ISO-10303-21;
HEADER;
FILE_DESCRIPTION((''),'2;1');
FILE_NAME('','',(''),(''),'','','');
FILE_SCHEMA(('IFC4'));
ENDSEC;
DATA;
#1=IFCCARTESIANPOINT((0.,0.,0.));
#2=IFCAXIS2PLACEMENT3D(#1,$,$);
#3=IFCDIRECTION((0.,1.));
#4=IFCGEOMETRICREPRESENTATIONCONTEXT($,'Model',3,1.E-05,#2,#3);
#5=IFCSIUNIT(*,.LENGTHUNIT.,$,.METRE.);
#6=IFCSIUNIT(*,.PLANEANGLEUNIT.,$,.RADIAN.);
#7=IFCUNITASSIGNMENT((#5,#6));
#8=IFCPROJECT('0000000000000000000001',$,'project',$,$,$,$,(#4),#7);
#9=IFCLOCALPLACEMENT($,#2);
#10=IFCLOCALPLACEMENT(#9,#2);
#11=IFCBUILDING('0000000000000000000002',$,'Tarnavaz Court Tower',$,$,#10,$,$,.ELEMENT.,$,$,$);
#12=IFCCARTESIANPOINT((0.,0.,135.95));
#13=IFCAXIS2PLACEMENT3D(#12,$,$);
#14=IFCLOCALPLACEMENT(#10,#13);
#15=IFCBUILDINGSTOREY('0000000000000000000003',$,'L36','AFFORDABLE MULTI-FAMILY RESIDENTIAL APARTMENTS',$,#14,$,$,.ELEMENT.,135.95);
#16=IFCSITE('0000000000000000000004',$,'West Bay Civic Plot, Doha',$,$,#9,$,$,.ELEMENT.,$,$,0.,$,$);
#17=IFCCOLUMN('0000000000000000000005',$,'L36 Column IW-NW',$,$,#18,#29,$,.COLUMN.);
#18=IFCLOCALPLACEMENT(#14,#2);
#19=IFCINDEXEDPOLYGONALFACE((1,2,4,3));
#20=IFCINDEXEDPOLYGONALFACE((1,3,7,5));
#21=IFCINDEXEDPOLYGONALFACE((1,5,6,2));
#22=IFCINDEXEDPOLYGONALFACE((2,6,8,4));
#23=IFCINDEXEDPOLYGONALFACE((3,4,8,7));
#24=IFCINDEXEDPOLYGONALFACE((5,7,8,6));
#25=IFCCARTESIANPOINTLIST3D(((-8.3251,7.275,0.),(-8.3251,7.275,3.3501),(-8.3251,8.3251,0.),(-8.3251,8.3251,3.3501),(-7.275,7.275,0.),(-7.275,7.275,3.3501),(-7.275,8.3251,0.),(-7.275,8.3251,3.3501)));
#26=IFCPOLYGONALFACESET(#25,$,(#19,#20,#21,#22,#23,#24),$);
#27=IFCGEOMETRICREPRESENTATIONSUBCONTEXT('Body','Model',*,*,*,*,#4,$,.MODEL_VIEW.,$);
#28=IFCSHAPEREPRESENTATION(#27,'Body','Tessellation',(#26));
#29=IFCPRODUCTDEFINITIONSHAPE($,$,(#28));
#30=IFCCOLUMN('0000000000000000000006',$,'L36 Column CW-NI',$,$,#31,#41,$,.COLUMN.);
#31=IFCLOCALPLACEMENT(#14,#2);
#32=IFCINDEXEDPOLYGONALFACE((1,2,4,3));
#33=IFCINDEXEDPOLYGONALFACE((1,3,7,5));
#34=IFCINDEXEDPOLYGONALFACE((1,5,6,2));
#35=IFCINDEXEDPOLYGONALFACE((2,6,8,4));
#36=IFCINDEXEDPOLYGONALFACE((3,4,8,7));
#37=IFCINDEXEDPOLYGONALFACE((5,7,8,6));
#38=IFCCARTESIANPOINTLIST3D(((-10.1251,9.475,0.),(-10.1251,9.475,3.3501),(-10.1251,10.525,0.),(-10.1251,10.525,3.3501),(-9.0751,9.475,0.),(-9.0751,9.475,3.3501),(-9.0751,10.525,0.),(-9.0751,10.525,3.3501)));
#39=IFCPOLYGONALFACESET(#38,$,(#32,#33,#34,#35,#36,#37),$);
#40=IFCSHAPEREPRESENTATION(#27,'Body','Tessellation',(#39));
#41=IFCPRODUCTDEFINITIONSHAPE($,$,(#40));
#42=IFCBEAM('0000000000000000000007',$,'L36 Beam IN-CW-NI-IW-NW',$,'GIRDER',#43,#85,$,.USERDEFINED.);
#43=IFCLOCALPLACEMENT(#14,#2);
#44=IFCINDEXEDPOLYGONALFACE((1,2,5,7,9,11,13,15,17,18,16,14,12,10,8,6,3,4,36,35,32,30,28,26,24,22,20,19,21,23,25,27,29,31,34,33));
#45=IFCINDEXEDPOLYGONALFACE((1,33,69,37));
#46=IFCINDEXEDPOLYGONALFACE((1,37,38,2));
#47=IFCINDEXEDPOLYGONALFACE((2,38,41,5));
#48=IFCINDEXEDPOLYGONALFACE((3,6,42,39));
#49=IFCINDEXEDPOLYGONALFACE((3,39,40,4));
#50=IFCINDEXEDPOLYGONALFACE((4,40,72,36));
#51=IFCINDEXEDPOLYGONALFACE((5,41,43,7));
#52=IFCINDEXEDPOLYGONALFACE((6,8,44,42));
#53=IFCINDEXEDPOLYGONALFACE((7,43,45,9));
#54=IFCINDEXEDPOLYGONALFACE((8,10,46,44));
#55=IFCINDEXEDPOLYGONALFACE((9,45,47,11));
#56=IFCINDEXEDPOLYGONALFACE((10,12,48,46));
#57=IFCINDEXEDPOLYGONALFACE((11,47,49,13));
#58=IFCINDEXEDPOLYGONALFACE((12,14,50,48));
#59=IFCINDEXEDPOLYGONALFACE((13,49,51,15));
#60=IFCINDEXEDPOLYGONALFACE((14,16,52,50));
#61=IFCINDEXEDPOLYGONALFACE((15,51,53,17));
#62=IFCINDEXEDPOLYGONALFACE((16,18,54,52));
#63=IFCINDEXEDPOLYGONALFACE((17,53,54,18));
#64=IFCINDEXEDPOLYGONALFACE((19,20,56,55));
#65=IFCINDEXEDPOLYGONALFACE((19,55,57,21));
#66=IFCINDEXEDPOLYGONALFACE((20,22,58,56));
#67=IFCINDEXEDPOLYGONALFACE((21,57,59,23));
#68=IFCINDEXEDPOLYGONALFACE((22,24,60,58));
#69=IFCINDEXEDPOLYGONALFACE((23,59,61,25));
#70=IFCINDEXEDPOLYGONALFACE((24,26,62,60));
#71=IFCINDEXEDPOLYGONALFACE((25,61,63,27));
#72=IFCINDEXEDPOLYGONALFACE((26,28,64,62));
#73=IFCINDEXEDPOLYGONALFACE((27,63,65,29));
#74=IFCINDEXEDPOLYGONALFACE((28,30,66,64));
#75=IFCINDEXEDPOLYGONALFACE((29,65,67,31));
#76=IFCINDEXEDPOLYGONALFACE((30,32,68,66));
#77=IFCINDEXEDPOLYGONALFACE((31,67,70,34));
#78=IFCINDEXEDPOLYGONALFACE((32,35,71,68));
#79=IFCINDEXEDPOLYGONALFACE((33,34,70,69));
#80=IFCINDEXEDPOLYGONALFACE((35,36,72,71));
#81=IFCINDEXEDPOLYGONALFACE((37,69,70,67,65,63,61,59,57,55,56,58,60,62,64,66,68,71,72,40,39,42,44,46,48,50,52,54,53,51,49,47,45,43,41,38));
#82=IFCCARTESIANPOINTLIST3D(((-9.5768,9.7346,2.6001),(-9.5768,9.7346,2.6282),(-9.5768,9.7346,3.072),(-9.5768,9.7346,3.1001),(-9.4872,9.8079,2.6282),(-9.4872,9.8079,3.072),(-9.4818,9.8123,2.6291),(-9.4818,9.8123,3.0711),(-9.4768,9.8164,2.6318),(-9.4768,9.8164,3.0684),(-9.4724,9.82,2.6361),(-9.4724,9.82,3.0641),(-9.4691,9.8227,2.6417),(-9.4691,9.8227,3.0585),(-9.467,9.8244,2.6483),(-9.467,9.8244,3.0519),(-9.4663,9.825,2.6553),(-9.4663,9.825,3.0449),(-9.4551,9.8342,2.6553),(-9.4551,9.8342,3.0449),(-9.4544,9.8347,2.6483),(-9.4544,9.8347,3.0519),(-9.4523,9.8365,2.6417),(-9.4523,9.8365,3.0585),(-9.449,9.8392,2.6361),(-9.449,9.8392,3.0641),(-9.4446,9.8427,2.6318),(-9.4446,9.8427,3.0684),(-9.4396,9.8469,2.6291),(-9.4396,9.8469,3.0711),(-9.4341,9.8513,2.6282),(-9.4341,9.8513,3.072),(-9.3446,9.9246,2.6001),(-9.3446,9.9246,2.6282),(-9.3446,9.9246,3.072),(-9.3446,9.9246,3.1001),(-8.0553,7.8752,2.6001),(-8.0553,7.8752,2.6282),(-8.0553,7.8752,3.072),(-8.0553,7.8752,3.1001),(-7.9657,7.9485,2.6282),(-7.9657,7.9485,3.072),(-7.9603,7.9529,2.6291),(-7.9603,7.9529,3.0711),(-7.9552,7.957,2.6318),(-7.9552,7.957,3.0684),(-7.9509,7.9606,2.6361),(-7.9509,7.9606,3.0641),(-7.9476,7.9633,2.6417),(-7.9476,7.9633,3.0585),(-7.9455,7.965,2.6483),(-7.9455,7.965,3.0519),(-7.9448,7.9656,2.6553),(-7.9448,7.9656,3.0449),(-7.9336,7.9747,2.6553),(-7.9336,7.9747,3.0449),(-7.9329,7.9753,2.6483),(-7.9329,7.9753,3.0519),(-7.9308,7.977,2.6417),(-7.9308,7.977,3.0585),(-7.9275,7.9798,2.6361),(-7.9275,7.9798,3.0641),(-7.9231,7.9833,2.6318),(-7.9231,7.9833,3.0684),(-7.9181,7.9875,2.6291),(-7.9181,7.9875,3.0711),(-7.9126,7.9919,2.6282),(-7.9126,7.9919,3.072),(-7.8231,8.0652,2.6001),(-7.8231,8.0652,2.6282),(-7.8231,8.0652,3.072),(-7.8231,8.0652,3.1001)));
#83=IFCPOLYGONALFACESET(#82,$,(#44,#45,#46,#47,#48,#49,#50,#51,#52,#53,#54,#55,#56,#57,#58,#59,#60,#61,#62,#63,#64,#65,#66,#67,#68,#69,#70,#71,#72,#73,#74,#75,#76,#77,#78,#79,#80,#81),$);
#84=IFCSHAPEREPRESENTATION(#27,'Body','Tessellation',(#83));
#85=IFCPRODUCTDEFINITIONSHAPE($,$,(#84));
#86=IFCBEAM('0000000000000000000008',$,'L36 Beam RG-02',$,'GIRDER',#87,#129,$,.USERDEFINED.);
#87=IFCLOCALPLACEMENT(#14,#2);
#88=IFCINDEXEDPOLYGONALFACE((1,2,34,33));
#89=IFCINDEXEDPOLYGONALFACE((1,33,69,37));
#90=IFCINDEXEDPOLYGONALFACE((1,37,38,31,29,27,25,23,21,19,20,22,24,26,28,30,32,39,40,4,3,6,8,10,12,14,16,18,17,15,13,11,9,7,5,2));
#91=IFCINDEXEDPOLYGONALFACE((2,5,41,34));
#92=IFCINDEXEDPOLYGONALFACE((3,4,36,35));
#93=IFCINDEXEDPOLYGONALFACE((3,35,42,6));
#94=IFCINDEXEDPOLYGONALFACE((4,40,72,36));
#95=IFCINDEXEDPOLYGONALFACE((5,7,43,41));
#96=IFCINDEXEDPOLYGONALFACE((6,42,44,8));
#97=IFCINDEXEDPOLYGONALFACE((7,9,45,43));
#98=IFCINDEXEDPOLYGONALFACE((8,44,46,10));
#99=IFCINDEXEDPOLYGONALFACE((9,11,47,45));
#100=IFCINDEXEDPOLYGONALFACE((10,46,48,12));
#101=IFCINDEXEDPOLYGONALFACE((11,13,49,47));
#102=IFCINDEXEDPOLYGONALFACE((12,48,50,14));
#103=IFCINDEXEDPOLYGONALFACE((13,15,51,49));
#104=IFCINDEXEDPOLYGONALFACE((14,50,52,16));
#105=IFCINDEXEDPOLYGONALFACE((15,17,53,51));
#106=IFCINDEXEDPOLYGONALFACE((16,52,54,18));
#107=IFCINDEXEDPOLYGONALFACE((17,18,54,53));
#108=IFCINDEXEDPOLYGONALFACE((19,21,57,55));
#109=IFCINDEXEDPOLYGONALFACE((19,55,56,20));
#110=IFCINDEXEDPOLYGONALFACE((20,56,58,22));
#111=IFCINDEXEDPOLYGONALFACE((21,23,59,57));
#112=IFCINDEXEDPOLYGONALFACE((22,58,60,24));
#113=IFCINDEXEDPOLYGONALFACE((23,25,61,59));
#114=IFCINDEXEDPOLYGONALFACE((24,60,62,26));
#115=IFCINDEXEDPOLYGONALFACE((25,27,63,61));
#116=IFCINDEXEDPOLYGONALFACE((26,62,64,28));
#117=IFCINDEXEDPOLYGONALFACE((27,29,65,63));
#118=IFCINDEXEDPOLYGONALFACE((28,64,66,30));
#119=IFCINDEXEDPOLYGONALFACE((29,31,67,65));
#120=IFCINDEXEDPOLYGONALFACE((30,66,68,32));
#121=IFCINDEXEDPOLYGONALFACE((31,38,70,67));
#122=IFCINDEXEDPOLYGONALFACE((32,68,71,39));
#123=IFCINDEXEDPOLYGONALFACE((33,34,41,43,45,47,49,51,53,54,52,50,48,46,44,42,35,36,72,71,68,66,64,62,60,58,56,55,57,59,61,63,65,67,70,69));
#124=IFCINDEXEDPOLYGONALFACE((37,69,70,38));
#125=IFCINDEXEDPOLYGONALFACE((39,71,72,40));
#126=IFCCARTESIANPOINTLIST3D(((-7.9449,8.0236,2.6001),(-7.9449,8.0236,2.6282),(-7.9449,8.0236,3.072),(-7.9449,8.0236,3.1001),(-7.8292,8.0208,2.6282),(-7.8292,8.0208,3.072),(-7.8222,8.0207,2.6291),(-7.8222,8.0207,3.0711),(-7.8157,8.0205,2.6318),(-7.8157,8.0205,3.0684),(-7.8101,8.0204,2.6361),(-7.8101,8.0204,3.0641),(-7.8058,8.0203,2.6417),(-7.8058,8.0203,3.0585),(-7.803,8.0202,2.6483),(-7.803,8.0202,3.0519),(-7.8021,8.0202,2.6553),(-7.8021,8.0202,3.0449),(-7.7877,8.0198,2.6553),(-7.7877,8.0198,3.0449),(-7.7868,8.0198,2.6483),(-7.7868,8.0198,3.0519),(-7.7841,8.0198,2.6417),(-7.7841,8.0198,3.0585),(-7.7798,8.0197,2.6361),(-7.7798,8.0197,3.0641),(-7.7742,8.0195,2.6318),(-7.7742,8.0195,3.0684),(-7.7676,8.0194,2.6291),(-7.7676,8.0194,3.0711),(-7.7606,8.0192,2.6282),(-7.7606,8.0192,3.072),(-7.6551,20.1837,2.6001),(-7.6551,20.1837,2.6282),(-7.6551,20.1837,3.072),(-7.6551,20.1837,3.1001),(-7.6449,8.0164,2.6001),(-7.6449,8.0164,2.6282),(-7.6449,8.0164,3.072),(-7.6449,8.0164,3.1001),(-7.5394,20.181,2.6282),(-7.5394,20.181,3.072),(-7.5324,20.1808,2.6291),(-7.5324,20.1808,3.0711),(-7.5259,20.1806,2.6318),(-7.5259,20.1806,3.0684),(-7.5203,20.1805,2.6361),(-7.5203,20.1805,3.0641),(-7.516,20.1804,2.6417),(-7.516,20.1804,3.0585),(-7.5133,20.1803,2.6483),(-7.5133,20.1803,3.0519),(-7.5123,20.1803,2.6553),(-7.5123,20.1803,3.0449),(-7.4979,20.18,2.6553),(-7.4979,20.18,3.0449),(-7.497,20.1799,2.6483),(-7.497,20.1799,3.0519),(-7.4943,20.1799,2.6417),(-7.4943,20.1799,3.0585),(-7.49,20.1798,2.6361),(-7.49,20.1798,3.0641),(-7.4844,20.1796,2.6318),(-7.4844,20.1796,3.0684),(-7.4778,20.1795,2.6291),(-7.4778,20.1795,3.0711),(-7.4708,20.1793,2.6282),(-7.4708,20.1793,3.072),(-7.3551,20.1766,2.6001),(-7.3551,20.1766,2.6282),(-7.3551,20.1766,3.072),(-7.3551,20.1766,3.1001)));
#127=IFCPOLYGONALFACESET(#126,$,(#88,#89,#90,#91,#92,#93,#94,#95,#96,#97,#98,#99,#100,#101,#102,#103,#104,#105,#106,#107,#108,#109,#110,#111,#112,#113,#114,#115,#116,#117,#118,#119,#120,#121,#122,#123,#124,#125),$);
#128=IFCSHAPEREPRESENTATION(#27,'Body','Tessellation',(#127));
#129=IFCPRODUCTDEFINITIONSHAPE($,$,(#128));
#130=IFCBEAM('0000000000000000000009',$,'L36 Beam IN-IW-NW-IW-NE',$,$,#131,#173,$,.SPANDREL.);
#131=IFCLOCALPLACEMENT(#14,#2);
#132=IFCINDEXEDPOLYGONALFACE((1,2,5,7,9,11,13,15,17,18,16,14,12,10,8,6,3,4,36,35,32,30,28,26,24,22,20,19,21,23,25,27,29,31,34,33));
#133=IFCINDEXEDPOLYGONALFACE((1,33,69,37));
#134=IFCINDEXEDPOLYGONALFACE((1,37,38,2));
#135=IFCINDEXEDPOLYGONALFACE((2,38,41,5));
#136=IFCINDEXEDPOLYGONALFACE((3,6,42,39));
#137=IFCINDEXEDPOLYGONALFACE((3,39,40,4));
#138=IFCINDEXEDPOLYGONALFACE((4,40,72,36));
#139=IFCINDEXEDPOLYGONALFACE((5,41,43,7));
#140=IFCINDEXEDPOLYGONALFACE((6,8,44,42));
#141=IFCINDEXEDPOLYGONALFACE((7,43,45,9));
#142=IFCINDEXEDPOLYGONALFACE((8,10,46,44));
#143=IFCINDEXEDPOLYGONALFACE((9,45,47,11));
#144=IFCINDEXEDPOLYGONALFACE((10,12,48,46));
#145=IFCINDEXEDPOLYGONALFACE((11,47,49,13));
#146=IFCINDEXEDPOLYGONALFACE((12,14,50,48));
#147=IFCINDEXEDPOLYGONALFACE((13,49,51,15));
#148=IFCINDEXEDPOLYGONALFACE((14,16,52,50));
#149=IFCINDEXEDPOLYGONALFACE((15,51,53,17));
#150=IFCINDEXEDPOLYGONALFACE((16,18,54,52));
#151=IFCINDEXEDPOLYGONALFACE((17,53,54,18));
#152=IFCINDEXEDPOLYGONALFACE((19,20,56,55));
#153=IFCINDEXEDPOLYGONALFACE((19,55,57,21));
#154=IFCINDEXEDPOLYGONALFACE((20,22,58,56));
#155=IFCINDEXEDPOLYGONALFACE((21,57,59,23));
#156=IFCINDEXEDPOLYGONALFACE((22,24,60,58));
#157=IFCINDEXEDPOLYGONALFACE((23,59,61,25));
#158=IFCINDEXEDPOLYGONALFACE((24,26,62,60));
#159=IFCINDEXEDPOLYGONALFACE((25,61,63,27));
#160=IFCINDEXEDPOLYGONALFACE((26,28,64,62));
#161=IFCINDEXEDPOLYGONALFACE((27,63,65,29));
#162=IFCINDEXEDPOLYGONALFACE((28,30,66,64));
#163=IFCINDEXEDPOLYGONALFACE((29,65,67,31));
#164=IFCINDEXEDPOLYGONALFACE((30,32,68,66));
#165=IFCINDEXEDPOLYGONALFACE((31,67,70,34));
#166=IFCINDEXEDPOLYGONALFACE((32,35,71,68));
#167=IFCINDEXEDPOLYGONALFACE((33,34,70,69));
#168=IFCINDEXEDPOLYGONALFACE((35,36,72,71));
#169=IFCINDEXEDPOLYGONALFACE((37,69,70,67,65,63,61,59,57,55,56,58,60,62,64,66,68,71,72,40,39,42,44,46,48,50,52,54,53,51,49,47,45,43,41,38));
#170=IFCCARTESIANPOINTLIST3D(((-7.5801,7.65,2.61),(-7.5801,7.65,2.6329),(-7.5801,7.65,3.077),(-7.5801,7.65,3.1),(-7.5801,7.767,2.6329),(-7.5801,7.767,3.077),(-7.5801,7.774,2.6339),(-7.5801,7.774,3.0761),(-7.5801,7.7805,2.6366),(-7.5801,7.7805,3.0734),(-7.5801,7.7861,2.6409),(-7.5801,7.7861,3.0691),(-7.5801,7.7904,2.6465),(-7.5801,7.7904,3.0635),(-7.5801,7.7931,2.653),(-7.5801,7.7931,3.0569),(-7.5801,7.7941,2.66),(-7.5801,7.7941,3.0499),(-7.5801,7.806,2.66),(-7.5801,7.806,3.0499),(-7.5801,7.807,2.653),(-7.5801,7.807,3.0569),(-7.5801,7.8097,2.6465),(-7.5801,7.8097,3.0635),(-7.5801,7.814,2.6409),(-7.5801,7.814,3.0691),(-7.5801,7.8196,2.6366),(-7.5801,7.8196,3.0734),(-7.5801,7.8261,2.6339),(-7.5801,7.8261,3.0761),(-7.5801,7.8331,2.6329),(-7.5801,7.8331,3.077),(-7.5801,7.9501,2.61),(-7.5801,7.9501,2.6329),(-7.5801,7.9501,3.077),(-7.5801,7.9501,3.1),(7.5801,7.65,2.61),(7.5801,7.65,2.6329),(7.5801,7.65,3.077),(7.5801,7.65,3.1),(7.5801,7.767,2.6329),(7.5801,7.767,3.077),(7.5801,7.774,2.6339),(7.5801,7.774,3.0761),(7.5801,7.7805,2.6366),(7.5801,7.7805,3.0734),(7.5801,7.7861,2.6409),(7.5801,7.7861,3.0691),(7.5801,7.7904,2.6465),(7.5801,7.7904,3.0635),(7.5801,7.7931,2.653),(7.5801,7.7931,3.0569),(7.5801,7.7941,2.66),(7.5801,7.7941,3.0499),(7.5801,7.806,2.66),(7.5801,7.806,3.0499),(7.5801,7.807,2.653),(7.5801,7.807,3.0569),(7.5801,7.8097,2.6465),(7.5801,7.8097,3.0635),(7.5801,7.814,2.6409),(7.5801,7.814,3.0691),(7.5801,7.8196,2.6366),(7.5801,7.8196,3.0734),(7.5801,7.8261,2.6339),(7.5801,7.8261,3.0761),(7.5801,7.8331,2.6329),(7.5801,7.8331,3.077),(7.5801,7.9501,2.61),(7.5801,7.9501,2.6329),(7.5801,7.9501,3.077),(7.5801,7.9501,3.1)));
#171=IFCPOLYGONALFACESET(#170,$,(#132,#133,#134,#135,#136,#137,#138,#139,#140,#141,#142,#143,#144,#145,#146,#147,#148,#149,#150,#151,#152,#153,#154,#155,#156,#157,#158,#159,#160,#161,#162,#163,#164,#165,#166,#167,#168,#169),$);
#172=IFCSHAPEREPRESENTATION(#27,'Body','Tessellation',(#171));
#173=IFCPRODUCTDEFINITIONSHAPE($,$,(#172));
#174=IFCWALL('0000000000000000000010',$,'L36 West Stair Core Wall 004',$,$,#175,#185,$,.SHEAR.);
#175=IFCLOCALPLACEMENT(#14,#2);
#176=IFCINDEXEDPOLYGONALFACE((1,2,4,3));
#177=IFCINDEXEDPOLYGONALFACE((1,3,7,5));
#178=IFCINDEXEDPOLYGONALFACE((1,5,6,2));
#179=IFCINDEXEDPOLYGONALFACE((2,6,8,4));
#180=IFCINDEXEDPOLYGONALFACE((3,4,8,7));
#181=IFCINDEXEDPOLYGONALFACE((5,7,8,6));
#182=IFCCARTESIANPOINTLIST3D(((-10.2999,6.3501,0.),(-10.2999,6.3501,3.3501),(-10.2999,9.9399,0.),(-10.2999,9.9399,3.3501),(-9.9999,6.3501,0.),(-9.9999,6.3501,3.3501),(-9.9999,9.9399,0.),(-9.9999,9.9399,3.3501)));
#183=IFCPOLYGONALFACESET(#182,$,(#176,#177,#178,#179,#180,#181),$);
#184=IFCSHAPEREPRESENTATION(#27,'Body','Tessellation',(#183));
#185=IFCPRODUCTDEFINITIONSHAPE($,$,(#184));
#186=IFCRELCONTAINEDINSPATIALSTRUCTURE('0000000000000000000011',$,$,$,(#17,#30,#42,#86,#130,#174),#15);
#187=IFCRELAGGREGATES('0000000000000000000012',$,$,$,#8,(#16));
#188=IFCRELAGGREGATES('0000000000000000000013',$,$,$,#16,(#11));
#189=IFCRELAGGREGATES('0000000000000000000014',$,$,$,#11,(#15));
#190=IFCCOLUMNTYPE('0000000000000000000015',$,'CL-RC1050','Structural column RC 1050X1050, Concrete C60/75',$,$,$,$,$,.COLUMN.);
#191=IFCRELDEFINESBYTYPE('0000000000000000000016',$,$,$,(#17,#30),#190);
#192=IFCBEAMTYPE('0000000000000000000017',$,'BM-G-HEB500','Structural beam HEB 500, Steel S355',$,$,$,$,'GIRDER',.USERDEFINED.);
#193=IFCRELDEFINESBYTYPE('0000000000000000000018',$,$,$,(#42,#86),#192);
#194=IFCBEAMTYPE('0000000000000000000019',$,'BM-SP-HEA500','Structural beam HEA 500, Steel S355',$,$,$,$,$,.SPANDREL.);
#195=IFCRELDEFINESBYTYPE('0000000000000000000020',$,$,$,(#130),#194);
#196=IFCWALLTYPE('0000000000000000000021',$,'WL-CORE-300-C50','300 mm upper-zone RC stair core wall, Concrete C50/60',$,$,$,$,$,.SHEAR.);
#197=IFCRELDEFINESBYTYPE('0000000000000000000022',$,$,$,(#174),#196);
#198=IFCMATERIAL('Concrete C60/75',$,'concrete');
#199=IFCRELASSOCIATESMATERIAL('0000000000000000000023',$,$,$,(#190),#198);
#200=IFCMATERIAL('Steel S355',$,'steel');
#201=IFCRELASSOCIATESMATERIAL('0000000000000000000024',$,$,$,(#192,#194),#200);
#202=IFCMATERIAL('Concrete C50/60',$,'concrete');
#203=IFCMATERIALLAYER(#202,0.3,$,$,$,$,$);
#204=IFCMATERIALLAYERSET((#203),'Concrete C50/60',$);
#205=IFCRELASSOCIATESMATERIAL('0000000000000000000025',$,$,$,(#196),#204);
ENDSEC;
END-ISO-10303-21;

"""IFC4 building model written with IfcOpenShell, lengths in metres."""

from ifc_helpers import new_model, si_unit, direction, frame, frame_2d, origin, origin_2d, place, context, subcontext, project, spatial, rectangle, i_section, extrude, material, layer, layer_set, material_profile, profile_set, type_object, element, save


model = new_model("IFC4")

# Units and contexts
model_context = context("Model", 3, precision=1e-05, world=origin(), true_north=direction((0.0, 1.0)))
body_context = subcontext(model_context, "Body", "Model", "MODEL_VIEW")
ifc_project = project(units=[si_unit("LENGTHUNIT", "METRE"), si_unit("PLANEANGLEUNIT", "RADIAN")], contexts=[model_context])

# Site, building, storey
site_placement = place(None, origin())
site = spatial("IfcSite", under=ifc_project, at=site_placement, Name="West Bay Civic Plot, Doha", CompositionType="ELEMENT", RefElevation=0.0)
building_placement = place(site_placement, origin())
building = spatial("IfcBuilding", under=site, at=building_placement, Name="Tarnavaz Court Tower", CompositionType="ELEMENT")
storey_placement = place(building_placement, frame((0.0, 0.0, 135.95)))
storey = spatial("IfcBuildingStorey", under=building, at=storey_placement, Name="L36", Description="AFFORDABLE MULTI-FAMILY RESIDENTIAL APARTMENTS", CompositionType="ELEMENT", Elevation=135.95)

# Columns
ifc_material_1 = material(Name="Concrete C60/75", Category="concrete")
ifc_material_profile_1 = material_profile(ifc_material_1, rectangle(XDim=1.05, YDim=1.05, at=origin_2d()), Name="RC 1050X1050")
ifc_profile_set_1 = profile_set([ifc_material_profile_1], Name="Concrete C60/75")
column_type = type_object("IfcColumnType", Name="CL-RC1050", Description="Structural column RC 1050X1050, Concrete C60/75", PredefinedType="COLUMN", material=ifc_profile_set_1)
for number, where, z_axis, x_axis, name in (
    (1, (-7.8, 7.8, 0.0), (0.0, 0.0, 1.0), (1.0, 0.0, 0.0), "L36 Column IW-NW"),
    (2, (-9.6001, 10.0, 0.0), (0.0, 0.0, 1.0), (1.0, 0.0, 0.0), "L36 Column CW-NI"),
):
    element("IfcColumn", number, at=place(storey_placement, frame(where, z_axis=z_axis, x_axis=x_axis)), inside=storey, type_object=column_type, Name=name, PredefinedType="COLUMN", context=body_context, shape_type="SweptSolid", body=[
        extrude(rectangle(XDim=1.05, YDim=1.05, at=origin_2d()), origin(), (0.0, 0.0, 1.0), 3.3501),
    ])

# Beams
ifc_material_2 = material(Name="Steel S355", Category="steel")
ifc_material_profile_2 = material_profile(ifc_material_2, i_section(OverallWidth=0.3, OverallDepth=0.5, WebThickness=0.0144, FlangeThickness=0.0281, FilletRadius=0.0271, at=origin_2d()), Name="HEB 500")
ifc_profile_set_2 = profile_set([ifc_material_profile_2], Name="Steel S355")
beam_type_1 = type_object("IfcBeamType", Name="BM-G-HEB500", Description="Structural beam HEB 500, Steel S355", ElementType="GIRDER", PredefinedType="USERDEFINED", material=ifc_profile_set_2)
beam_1_placement = place(storey_placement, frame((-9.4607, 9.8296, 2.8501), z_axis=(0.633282, -0.773921, 0.0), x_axis=(0.773921, 0.633282, 0.0)))
element("IfcBeam", 3, at=beam_1_placement, inside=storey, type_object=beam_type_1, Name="L36 Beam IN-CW-NI-IW-NW", ObjectType="GIRDER", PredefinedType="USERDEFINED", context=body_context, shape_type="SweptSolid", body=[
    extrude(i_section(OverallWidth=0.3, OverallDepth=0.5, WebThickness=0.0144, FlangeThickness=0.0281, FilletRadius=0.0271, at=origin_2d()), origin(), (0.0, 0.0, 1.0), 2.4026),
])
beam_2_placement = place(storey_placement, frame((-7.7949, 8.02, 2.8501), z_axis=(0.023825, 0.999716, 0.0), x_axis=(-0.999716, 0.023825, 0.0)))
element("IfcBeam", 4, at=beam_2_placement, inside=storey, type_object=beam_type_1, Name="L36 Beam RG-02", ObjectType="GIRDER", PredefinedType="USERDEFINED", context=body_context, shape_type="SweptSolid", body=[
    extrude(i_section(OverallWidth=0.3, OverallDepth=0.5, WebThickness=0.0144, FlangeThickness=0.0281, FilletRadius=0.0271, at=origin_2d()), origin(), (0.0, 0.0, 1.0), 12.1636),
])
ifc_material_profile_3 = material_profile(ifc_material_2, i_section(OverallWidth=0.3, OverallDepth=0.49, WebThickness=0.012, FlangeThickness=0.0229, FilletRadius=0.0271, at=origin_2d()), Name="HEA 500")
ifc_profile_set_3 = profile_set([ifc_material_profile_3], Name="Steel S355")
beam_type_2 = type_object("IfcBeamType", Name="BM-SP-HEA500", Description="Structural beam HEA 500, Steel S355", PredefinedType="SPANDREL", material=ifc_profile_set_3)
beam_3_placement = place(storey_placement, frame((-7.5801, 7.8, 2.855), z_axis=(1.0, 0.0, 0.0), x_axis=(0.0, 1.0, 0.0)))
element("IfcBeam", 5, at=beam_3_placement, inside=storey, type_object=beam_type_2, Name="L36 Beam IN-IW-NW-IW-NE", PredefinedType="SPANDREL", context=body_context, shape_type="SweptSolid", body=[
    extrude(i_section(OverallWidth=0.3, OverallDepth=0.49, WebThickness=0.012, FlangeThickness=0.0229, FilletRadius=0.0271, at=origin_2d()), origin(), (0.0, 0.0, 1.0), 15.1602),
])

# Wall
ifc_material_3 = material(Name="Concrete C50/60", Category="concrete")
ifc_layer_1 = layer(ifc_material_3, 0.3)
ifc_layer_set_1 = layer_set([ifc_layer_1], Name="Concrete C50/60")
wall_type_1 = type_object("IfcWallType", Name="WL-CORE-300-C50", Description="300 mm upper-zone RC stair core wall, Concrete C50/60", PredefinedType="SHEAR", material=ifc_layer_set_1)
wall_1_placement = place(storey_placement, frame((-10.1499, 6.3501, 0.0), z_axis=(0.0, 0.0, 1.0), x_axis=(0.0, 1.0, 0.0)))
element("IfcWall", 6, at=wall_1_placement, inside=storey, type_object=wall_type_1, Name="L36 West Stair Core Wall 004", PredefinedType="SHEAR", context=body_context, shape_type="SweptSolid", body=[
    extrude(rectangle(XDim=3.5898, YDim=0.3, at=frame_2d((1.7949, 0.0))), origin(), (0.0, 0.0, 1.0), 3.3501),
])

save(model, "model.ifc")
